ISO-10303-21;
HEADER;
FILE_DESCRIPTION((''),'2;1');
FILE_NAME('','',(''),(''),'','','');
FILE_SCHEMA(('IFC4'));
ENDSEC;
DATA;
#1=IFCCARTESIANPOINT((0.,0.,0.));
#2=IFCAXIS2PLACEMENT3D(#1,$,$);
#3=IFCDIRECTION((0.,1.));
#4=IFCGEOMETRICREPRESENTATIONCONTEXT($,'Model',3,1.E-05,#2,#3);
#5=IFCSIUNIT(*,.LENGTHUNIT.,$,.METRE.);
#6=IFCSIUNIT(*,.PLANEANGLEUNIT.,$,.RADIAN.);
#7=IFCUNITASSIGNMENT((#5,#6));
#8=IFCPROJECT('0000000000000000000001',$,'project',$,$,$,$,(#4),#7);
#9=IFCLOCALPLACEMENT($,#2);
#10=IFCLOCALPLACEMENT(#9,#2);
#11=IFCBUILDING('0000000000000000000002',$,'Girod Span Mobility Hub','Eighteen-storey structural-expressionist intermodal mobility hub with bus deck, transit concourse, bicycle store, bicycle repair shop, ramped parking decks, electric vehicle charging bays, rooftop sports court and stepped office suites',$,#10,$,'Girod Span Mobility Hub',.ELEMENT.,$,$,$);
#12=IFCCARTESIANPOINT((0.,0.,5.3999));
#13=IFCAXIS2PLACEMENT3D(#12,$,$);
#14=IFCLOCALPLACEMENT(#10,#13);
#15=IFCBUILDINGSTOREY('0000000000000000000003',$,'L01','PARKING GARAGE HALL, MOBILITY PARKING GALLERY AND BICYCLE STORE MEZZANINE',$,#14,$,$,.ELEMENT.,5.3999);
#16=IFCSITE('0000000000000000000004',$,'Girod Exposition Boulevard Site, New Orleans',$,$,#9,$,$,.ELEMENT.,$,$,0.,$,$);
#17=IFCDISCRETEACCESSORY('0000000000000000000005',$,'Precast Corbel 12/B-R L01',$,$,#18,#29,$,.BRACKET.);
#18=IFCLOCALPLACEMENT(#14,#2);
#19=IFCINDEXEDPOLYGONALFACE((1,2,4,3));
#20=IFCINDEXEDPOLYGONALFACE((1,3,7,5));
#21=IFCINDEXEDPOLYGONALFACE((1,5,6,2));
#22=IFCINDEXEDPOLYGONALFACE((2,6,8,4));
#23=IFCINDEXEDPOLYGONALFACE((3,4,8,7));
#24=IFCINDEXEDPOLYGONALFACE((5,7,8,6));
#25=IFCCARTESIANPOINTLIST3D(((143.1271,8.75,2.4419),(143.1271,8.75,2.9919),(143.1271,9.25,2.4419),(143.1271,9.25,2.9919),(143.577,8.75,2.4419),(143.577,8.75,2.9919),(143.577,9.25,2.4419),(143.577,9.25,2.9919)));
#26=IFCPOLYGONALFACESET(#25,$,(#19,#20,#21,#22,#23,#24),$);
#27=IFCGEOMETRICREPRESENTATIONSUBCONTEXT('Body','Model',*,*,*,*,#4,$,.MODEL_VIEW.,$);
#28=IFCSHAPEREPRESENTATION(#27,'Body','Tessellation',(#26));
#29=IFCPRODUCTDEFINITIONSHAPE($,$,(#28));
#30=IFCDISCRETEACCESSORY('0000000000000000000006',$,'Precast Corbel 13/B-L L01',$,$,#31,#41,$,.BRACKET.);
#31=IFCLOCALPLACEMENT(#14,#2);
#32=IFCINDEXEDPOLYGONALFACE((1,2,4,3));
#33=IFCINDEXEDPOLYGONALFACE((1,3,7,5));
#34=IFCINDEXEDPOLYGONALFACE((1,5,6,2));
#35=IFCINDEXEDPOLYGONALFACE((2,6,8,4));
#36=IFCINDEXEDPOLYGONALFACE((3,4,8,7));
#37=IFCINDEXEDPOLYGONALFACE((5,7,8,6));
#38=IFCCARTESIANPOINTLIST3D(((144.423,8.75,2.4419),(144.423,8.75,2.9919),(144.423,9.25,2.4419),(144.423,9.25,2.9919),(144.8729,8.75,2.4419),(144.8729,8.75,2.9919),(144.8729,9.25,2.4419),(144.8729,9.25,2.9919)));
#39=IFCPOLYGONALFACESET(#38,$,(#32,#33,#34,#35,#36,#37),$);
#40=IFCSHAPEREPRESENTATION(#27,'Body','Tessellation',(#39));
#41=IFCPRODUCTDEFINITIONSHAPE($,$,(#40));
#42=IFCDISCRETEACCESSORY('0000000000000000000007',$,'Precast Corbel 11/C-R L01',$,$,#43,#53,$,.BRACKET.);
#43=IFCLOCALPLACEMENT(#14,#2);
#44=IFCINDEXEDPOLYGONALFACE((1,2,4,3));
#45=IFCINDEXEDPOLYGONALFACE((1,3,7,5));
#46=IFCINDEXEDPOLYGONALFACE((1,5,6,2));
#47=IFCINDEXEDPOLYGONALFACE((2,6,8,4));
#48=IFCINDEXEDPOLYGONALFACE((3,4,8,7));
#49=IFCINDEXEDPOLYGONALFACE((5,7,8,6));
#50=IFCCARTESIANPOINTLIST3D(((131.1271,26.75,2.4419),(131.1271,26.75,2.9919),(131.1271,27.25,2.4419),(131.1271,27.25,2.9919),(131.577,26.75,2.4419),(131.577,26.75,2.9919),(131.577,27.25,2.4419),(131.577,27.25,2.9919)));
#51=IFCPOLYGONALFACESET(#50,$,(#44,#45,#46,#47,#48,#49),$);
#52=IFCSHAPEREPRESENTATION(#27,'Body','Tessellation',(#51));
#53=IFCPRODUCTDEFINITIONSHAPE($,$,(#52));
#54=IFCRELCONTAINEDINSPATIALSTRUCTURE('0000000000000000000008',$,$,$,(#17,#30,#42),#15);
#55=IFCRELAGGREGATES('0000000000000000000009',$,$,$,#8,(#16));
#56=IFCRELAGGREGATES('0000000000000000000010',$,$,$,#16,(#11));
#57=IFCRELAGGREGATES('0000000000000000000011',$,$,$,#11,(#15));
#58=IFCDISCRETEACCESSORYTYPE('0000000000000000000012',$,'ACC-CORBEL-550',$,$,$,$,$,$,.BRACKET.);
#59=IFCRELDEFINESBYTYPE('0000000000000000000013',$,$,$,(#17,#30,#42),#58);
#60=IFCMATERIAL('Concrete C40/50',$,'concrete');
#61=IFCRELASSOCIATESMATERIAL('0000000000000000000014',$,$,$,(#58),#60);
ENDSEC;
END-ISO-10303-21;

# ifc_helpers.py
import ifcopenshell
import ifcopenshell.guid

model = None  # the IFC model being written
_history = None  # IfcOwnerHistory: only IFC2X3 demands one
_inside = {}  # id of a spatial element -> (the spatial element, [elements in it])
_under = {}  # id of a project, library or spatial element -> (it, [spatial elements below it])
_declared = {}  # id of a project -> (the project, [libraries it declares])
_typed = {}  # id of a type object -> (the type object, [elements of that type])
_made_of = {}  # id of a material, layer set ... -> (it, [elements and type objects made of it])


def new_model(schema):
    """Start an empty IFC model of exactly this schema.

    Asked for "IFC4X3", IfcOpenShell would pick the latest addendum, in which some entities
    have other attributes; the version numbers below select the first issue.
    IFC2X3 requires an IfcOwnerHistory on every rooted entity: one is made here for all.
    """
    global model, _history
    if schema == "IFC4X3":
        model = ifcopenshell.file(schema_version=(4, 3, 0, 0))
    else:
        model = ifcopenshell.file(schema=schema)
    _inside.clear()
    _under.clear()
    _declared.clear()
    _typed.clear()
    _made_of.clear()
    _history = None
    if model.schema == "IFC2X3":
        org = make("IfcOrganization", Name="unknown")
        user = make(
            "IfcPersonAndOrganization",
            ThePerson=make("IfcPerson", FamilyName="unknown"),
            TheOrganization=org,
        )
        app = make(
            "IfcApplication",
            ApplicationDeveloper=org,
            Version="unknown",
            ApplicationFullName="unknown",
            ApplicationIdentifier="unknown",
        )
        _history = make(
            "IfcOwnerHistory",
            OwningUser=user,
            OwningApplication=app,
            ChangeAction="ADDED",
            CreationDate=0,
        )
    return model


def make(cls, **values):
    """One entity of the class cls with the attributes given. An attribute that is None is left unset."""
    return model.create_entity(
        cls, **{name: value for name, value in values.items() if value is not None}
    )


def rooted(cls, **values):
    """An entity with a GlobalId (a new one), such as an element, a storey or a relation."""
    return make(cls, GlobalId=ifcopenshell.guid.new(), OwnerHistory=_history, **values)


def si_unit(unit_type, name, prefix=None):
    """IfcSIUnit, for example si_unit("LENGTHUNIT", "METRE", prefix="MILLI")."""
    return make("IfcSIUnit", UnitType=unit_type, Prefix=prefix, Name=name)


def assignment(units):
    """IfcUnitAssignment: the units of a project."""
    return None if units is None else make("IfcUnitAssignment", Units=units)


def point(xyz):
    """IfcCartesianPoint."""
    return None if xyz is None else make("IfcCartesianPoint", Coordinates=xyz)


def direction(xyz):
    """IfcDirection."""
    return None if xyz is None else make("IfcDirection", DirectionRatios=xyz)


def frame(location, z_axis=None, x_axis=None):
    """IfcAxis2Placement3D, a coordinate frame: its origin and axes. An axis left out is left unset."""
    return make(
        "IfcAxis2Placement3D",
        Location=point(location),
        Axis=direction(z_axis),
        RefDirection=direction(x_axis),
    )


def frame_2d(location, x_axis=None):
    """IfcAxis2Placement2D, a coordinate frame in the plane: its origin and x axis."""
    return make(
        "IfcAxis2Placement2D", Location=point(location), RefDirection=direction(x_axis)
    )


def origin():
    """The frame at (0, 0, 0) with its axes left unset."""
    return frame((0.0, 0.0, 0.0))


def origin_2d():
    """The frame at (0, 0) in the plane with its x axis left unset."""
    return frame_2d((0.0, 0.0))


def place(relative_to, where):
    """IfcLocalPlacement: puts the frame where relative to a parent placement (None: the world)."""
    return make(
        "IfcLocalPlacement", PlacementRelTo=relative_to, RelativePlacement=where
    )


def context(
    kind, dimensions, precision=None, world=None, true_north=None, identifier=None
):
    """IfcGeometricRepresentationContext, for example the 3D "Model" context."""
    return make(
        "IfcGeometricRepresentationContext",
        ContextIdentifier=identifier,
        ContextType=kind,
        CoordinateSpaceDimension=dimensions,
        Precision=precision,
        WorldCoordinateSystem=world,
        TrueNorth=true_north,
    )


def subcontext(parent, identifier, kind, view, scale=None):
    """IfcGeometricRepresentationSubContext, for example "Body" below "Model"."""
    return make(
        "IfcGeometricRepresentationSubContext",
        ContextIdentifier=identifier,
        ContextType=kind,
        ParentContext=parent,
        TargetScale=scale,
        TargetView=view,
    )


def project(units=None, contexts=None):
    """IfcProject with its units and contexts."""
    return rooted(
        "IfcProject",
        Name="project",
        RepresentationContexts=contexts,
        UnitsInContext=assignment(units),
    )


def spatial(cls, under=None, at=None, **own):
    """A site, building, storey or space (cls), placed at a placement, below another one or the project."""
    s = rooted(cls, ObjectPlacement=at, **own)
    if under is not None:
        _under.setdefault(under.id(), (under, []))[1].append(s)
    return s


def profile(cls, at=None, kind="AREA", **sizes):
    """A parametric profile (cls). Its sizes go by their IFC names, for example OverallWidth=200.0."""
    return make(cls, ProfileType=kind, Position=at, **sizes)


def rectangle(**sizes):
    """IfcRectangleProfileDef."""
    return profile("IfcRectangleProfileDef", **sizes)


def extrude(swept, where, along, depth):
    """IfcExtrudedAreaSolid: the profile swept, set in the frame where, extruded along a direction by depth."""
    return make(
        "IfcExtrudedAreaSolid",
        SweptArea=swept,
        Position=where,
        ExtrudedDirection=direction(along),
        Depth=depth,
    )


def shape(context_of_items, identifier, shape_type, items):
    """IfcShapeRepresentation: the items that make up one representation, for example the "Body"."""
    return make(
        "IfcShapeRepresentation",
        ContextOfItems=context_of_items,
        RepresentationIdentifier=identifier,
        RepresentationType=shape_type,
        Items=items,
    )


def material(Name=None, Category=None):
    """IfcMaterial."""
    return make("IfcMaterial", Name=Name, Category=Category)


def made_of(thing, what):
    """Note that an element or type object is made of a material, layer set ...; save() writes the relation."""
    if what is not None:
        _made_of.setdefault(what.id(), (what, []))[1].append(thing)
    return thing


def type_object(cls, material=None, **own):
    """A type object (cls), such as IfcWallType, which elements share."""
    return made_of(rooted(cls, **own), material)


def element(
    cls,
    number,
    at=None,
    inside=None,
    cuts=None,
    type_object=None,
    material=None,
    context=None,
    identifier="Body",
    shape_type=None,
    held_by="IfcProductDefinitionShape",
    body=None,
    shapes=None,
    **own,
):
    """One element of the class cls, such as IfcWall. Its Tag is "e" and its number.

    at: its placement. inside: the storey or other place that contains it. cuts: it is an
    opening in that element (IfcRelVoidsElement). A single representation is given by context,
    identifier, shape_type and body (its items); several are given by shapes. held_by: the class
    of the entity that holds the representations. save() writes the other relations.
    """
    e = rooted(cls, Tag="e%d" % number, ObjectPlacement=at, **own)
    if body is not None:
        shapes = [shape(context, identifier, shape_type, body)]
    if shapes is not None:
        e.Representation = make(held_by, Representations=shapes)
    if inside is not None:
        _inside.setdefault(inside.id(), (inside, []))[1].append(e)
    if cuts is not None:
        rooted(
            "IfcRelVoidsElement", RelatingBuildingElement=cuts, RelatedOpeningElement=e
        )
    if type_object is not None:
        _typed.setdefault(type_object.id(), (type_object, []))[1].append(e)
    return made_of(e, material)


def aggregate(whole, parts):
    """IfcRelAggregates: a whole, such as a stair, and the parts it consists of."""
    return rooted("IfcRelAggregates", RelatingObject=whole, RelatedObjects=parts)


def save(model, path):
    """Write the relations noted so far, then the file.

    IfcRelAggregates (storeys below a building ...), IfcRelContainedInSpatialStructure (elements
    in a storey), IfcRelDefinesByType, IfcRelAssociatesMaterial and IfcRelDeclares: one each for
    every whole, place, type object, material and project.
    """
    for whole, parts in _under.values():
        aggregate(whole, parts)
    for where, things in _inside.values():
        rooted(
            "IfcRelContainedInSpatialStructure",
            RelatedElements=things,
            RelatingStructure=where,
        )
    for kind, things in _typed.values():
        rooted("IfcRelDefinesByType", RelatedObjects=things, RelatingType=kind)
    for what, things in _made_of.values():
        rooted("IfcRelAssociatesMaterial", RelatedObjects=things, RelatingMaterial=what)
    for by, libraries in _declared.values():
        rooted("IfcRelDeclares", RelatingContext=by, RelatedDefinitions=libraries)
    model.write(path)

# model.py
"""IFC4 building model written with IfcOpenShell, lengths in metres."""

from ifc_helpers import new_model, si_unit, direction, frame, origin, origin_2d, place, context, subcontext, project, spatial, rectangle, extrude, material, type_object, element, save


model = new_model("IFC4")

# Units and contexts
model_context = context("Model", 3, precision=1e-05, world=origin(), true_north=direction((0.0, 1.0)))
body_context = subcontext(model_context, "Body", "Model", "MODEL_VIEW")
ifc_project = project(units=[si_unit("LENGTHUNIT", "METRE"), si_unit("PLANEANGLEUNIT", "RADIAN")], contexts=[model_context])

# Site, building, storey
site_placement = place(None, origin())
site = spatial("IfcSite", under=ifc_project, at=site_placement, Name="Girod Exposition Boulevard Site, New Orleans", CompositionType="ELEMENT", RefElevation=0.0)
building_placement = place(site_placement, origin())
building = spatial("IfcBuilding", under=site, at=building_placement, Name="Girod Span Mobility Hub", Description="Eighteen-storey structural-expressionist intermodal mobility hub with bus deck, transit concourse, bicycle store, bicycle repair shop, ramped parking decks, electric vehicle charging bays, rooftop sports court and stepped office suites", LongName="Girod Span Mobility Hub", CompositionType="ELEMENT")
storey_placement = place(building_placement, frame((0.0, 0.0, 5.3999)))
storey = spatial("IfcBuildingStorey", under=building, at=storey_placement, Name="L01", Description="PARKING GARAGE HALL, MOBILITY PARKING GALLERY AND BICYCLE STORE MEZZANINE", CompositionType="ELEMENT", Elevation=5.3999)

# Discrete accessories
ifc_material_1 = material(Name="Concrete C40/50", Category="concrete")
discrete_accessory_type = type_object("IfcDiscreteAccessoryType", Name="ACC-CORBEL-550", PredefinedType="BRACKET", material=ifc_material_1)
for number, where, z_axis, x_axis, name in (
    (1, (143.3521, 9.0, 2.4419), (0.0, 0.0, 1.0), (1.0, 0.0, 0.0), "Precast Corbel 12/B-R L01"),
    (2, (144.6479, 9.0, 2.4419), (0.0, 0.0, 1.0), (1.0, 0.0, 0.0), "Precast Corbel 13/B-L L01"),
    (3, (131.3521, 27.0, 2.4419), (0.0, 0.0, 1.0), (1.0, 0.0, 0.0), "Precast Corbel 11/C-R L01"),
):
    element("IfcDiscreteAccessory", number, at=place(storey_placement, frame(where, z_axis=z_axis, x_axis=x_axis)), inside=storey, type_object=discrete_accessory_type, Name=name, PredefinedType="BRACKET", context=body_context, shape_type="SweptSolid", body=[
        extrude(rectangle(XDim=0.45, YDim=0.5, at=origin_2d()), origin(), (0.0, 0.0, 1.0), 0.55),
    ])

save(model, "model.ifc")
